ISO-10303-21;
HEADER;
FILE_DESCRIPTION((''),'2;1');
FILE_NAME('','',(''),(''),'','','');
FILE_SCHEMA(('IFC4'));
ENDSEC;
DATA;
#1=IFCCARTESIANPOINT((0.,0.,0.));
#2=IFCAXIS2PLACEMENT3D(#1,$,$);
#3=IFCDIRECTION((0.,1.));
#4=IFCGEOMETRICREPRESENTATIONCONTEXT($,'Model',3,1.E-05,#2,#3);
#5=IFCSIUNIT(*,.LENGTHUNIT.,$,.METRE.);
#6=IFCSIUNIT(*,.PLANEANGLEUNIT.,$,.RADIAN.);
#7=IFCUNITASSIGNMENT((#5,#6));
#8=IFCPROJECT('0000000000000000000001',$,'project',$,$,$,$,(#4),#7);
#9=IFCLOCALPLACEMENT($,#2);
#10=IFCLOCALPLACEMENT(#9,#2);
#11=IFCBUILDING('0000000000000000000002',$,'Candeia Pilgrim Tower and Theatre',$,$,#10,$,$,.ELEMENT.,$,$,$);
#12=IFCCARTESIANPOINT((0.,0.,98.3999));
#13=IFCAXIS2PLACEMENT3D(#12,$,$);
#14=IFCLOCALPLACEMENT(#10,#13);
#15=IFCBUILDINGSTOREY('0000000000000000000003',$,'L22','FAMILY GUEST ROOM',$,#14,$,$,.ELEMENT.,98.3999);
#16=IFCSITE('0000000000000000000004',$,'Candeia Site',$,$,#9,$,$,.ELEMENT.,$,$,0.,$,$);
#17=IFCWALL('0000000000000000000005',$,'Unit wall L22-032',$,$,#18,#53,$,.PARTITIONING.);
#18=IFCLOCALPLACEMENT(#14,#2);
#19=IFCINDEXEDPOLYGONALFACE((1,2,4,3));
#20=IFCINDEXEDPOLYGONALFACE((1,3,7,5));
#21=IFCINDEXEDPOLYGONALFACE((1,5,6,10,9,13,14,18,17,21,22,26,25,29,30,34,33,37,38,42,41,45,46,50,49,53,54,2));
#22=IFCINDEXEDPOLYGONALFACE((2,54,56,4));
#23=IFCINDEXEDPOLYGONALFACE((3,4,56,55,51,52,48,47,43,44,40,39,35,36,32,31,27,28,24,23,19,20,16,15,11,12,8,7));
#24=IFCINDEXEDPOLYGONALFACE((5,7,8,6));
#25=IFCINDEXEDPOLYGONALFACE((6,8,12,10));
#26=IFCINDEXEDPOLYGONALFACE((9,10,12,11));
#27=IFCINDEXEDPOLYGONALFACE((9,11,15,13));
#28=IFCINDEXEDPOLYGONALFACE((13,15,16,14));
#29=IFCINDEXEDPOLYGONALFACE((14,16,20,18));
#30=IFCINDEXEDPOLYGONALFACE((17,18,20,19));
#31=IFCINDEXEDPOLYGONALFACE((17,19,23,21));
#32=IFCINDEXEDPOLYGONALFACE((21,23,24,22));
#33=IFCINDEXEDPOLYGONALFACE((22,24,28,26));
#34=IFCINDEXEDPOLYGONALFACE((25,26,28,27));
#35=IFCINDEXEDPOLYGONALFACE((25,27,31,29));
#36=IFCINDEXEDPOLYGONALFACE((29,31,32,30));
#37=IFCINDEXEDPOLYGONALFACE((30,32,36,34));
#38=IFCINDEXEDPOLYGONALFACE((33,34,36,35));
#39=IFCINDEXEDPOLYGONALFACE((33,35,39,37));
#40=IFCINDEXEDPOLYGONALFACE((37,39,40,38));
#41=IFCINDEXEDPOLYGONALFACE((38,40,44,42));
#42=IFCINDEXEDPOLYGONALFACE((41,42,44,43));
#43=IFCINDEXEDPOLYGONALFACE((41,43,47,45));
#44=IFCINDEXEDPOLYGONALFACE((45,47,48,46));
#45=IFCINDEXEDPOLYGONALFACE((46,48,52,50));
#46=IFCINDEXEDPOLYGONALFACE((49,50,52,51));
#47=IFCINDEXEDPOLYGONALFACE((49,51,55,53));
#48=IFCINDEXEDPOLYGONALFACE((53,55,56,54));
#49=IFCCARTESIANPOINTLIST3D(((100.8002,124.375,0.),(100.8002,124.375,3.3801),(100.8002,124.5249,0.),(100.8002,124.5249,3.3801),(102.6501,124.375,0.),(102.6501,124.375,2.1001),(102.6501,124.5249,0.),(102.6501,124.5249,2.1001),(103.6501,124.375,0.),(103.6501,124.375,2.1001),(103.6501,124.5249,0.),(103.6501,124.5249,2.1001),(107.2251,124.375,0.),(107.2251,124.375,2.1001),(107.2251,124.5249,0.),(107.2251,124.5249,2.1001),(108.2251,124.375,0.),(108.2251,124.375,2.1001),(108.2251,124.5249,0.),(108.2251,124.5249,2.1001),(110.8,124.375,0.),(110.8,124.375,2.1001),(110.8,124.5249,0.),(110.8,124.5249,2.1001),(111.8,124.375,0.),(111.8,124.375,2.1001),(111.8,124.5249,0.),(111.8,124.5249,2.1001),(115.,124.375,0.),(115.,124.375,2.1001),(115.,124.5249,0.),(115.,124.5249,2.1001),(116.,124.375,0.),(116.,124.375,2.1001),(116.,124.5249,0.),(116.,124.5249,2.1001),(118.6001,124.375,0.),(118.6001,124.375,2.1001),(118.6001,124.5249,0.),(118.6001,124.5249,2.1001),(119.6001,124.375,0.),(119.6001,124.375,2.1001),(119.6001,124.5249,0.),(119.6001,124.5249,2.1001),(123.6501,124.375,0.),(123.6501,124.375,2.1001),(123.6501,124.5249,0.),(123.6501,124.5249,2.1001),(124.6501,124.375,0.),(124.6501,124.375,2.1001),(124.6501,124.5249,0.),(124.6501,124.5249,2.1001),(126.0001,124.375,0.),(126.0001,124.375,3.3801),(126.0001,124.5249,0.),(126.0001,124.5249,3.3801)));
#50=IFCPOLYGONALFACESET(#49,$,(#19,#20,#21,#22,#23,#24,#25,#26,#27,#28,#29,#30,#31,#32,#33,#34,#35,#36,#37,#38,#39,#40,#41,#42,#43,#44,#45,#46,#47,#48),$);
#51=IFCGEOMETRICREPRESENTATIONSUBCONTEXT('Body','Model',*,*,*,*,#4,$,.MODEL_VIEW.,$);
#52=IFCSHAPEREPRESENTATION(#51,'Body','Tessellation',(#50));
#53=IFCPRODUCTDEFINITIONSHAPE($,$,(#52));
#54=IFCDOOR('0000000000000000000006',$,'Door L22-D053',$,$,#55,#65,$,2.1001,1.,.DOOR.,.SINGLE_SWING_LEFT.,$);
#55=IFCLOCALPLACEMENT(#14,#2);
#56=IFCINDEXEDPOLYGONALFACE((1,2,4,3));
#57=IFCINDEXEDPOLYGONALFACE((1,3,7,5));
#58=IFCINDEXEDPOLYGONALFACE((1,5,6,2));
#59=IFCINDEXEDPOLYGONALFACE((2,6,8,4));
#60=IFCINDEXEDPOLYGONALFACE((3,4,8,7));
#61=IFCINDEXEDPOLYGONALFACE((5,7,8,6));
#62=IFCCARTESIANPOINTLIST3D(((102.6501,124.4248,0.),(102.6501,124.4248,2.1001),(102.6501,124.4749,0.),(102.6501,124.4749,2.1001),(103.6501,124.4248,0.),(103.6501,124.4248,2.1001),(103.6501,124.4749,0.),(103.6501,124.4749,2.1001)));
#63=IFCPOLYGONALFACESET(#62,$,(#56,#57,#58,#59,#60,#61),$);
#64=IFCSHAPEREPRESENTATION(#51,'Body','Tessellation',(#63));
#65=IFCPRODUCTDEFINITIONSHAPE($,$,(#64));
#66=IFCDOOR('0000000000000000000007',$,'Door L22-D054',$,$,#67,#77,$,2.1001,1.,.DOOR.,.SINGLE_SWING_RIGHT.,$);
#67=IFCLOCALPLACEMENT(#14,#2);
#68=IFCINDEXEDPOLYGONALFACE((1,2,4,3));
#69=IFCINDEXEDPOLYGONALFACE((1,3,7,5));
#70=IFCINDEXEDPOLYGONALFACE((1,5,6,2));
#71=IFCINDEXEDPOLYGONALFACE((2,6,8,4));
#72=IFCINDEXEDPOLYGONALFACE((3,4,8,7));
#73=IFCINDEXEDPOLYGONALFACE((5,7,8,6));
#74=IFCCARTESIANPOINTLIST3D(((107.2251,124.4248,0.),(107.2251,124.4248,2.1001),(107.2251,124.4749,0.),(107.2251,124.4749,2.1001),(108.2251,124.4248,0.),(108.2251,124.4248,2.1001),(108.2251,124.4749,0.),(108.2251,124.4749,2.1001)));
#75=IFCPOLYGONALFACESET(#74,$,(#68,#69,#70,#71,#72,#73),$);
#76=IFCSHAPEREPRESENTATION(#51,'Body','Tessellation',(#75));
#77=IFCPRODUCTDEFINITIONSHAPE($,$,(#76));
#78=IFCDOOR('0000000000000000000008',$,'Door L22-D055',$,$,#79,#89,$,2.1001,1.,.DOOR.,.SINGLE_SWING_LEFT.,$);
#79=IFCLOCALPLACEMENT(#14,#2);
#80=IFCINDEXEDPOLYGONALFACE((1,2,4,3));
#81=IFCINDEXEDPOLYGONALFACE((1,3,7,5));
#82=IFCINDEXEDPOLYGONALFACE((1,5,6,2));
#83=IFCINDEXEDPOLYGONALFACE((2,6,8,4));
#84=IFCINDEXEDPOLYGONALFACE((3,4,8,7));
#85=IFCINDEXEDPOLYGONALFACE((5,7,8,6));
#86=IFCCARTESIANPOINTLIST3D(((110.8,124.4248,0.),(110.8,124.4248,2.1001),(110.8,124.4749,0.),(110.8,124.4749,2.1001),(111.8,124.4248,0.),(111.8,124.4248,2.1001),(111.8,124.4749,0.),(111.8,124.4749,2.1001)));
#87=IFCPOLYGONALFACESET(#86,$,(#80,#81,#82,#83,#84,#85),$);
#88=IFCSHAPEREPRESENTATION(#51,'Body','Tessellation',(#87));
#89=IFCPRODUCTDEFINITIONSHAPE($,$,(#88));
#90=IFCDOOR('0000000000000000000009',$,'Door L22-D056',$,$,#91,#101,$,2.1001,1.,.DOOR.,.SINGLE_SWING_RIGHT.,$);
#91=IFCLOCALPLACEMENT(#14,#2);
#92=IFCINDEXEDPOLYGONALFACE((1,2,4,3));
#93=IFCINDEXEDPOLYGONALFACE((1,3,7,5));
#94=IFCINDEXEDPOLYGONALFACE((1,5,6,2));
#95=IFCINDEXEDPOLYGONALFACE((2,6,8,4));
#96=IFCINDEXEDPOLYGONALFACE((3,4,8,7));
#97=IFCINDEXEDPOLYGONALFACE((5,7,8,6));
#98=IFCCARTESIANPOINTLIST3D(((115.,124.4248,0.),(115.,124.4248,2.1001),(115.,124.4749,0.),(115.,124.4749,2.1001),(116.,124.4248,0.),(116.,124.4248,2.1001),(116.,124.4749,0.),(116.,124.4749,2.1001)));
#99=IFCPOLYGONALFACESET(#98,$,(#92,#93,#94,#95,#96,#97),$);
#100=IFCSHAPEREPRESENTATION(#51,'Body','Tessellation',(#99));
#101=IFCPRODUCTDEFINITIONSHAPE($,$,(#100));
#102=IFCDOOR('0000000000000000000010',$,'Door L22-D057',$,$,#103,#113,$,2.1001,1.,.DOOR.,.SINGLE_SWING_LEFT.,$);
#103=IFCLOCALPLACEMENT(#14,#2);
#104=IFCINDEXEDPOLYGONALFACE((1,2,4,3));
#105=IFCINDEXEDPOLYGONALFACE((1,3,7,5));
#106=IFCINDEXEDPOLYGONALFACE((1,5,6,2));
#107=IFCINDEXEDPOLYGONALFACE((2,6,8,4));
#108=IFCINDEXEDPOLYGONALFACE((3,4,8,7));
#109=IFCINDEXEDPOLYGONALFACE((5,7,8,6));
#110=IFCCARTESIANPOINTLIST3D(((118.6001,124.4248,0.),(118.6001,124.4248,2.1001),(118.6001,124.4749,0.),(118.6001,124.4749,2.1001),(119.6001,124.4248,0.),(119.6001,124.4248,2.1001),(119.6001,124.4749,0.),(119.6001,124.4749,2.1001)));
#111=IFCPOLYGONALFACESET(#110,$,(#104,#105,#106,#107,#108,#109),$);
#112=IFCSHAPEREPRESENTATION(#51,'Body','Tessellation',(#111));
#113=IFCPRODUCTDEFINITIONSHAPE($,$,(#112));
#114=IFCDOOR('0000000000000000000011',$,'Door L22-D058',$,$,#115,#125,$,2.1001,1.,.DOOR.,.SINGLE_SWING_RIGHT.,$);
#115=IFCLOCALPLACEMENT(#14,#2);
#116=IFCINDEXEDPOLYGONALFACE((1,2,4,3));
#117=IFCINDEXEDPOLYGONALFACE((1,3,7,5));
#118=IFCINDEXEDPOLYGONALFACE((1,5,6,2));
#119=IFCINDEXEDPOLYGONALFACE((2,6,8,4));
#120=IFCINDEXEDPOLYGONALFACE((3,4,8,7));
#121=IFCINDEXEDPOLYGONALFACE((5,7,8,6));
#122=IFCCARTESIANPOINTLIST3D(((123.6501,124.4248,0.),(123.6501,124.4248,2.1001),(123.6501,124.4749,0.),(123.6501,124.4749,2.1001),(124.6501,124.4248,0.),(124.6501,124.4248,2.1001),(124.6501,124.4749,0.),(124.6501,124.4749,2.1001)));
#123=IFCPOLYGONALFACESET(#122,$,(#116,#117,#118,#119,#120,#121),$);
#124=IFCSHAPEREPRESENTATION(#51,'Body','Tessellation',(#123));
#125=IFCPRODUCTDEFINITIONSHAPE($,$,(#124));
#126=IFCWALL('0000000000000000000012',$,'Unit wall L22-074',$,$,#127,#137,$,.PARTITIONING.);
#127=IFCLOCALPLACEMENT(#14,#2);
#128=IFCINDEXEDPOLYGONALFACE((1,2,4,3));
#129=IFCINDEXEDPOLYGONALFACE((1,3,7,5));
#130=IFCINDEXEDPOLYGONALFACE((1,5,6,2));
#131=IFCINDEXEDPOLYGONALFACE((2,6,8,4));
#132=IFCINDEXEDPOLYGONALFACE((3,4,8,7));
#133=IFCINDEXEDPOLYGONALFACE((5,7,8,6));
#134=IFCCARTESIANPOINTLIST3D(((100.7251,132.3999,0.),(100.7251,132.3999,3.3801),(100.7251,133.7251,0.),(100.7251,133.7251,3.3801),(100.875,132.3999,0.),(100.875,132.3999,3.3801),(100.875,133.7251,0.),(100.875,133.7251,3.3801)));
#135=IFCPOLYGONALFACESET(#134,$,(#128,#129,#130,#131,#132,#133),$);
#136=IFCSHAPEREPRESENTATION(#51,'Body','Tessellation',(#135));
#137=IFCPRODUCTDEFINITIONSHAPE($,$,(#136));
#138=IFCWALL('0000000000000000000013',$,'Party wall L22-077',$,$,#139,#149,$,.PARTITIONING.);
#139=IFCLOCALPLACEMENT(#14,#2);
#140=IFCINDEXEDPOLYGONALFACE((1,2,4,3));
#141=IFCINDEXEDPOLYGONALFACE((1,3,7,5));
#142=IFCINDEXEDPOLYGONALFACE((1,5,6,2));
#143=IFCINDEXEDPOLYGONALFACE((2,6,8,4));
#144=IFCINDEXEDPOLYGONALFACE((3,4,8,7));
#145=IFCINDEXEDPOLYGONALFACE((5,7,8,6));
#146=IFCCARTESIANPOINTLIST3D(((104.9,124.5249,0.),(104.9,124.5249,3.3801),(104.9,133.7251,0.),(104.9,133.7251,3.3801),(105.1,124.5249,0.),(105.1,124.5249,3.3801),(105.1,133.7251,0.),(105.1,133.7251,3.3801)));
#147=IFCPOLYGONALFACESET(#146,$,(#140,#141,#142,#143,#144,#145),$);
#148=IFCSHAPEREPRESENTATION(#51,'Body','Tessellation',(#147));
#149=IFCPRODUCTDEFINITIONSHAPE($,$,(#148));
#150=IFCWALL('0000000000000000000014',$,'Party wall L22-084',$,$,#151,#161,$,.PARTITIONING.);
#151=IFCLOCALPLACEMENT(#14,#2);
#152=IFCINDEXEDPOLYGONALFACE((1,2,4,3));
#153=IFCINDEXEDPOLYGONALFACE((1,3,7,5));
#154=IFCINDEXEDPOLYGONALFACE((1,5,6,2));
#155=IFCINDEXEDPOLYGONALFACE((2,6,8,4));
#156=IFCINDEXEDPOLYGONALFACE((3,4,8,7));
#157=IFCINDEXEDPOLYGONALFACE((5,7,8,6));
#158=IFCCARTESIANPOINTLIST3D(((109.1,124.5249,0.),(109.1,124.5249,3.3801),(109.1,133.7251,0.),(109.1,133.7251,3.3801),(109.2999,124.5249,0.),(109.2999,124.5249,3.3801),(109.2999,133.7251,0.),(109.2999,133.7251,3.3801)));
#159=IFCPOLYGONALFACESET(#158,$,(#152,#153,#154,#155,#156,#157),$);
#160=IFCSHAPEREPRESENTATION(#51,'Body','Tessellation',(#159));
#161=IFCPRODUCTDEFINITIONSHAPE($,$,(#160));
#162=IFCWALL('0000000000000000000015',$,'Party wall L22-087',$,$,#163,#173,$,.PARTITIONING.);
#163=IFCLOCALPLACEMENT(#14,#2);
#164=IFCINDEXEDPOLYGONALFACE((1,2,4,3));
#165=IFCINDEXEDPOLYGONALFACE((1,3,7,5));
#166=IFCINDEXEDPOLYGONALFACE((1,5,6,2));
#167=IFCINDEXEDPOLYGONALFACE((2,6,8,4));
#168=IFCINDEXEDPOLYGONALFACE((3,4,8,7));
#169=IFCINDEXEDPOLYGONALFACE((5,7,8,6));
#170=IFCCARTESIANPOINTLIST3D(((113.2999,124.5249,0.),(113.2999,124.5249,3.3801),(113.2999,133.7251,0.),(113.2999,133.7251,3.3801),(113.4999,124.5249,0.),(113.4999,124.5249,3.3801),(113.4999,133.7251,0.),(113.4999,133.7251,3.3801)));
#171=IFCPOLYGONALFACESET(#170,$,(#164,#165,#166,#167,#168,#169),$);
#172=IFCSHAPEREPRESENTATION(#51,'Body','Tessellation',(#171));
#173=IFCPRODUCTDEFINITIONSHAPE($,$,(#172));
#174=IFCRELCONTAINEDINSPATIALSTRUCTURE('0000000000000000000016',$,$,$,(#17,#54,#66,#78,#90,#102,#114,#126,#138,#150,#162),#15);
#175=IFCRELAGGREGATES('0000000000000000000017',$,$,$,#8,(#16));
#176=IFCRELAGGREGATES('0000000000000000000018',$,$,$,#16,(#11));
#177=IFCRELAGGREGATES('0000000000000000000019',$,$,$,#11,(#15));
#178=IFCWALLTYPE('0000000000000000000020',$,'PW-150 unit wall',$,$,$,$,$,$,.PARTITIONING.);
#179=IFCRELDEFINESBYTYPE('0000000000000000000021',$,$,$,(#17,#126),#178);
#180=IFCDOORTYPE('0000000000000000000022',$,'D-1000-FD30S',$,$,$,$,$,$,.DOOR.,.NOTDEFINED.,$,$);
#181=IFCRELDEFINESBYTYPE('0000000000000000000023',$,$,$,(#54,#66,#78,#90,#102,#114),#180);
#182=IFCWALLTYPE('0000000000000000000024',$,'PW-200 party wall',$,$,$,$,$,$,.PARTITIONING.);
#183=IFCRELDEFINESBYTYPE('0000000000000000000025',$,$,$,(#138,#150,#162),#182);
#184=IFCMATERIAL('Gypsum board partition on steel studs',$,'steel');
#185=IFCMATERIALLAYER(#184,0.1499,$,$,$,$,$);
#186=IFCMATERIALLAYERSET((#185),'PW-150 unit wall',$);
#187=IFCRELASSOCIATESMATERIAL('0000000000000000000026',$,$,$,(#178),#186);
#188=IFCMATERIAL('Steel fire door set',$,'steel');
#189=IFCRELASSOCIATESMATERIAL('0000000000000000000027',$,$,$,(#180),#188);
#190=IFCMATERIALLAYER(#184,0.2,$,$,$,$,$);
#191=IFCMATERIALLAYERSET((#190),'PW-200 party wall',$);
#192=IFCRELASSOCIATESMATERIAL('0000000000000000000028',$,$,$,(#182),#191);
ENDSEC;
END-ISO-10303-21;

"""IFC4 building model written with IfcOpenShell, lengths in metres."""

from ifc_helpers import new_model, si_unit, direction, frame, frame_2d, origin, place, context, subcontext, project, spatial, rectangle, extrude, material, layer, layer_set, type_object, element, fill, save


model = new_model("IFC4")

# Units and contexts
model_context = context("Model", 3, precision=1e-05, world=origin(), true_north=direction((0.0, 1.0)))
body_context = subcontext(model_context, "Body", "Model", "MODEL_VIEW")
ifc_project = project(units=[si_unit("LENGTHUNIT", "METRE"), si_unit("PLANEANGLEUNIT", "RADIAN")], contexts=[model_context])

# Site, building, storey
site_placement = place(None, origin())
site = spatial("IfcSite", under=ifc_project, at=site_placement, Name="Candeia Site", CompositionType="ELEMENT", RefElevation=0.0)
building_placement = place(site_placement, origin())
building = spatial("IfcBuilding", under=site, at=building_placement, Name="Candeia Pilgrim Tower and Theatre", CompositionType="ELEMENT")
storey_placement = place(building_placement, frame((0.0, 0.0, 98.3999)))
storey = spatial("IfcBuildingStorey", under=building, at=storey_placement, Name="L22", Description="FAMILY GUEST ROOM", CompositionType="ELEMENT", Elevation=98.3999)

# Shared definitions
ifc_material_1 = material(Name="Steel fire door set", Category="steel")

# Shared definitions
ifc_material_2 = material(Name="Gypsum board partition on steel studs", Category="steel")
ifc_layer_1 = layer(ifc_material_2, 0.1499)
ifc_layer_set_1 = layer_set([ifc_layer_1], Name="PW-150 unit wall")
wall_type_1 = type_object("IfcWallType", Name="PW-150 unit wall", PredefinedType="PARTITIONING", material=ifc_layer_set_1)

# Wall, openings, doors
wall_1_placement = place(storey_placement, frame((100.8, 124.45, 0.0), z_axis=(0.0, 0.0, 1.0), x_axis=(1.0, 0.0, 0.0)))
wall_1 = element("IfcWall", 1, at=wall_1_placement, inside=storey, type_object=wall_type_1, Name="Unit wall L22-032", PredefinedType="PARTITIONING", context=body_context, shape_type="SweptSolid", body=[
    extrude(rectangle(XDim=25.2, YDim=0.1499, at=frame_2d((12.6001, 0.0))), origin(), (0.0, 0.0, 1.0), 3.3801),
])
opening_1_placement = place(wall_1_placement, frame((1.8501, 0.0, 0.0)))
opening_1 = element("IfcOpeningElement", 2, at=opening_1_placement, cuts=wall_1, PredefinedType="OPENING", context=body_context, shape_type="SweptSolid", body=[
    extrude(rectangle(XDim=1.0, YDim=2.1001, at=frame_2d((0.5, 1.05))), frame((0.0, 0.085, 0.0), z_axis=(0.0, -1.0, 0.0), x_axis=(1.0, 0.0, 0.0)), (0.0, 0.0, 1.0), 0.1699),
])
opening_2_placement = place(wall_1_placement, frame((6.425, 0.0, 0.0)))
opening_2 = element("IfcOpeningElement", 3, at=opening_2_placement, cuts=wall_1, PredefinedType="OPENING", context=body_context, shape_type="SweptSolid", body=[
    extrude(rectangle(XDim=1.0, YDim=2.1001, at=frame_2d((0.5, 1.05))), frame((0.0, 0.085, 0.0), z_axis=(0.0, -1.0, 0.0), x_axis=(1.0, 0.0, 0.0)), (0.0, 0.0, 1.0), 0.1699),
])
opening_3_placement = place(wall_1_placement, frame((10.0, 0.0, 0.0)))
opening_3 = element("IfcOpeningElement", 4, at=opening_3_placement, cuts=wall_1, PredefinedType="OPENING", context=body_context, shape_type="SweptSolid", body=[
    extrude(rectangle(XDim=1.0, YDim=2.1001, at=frame_2d((0.5, 1.05))), frame((0.0, 0.085, 0.0), z_axis=(0.0, -1.0, 0.0), x_axis=(1.0, 0.0, 0.0)), (0.0, 0.0, 1.0), 0.1699),
])
opening_4_placement = place(wall_1_placement, frame((14.2, 0.0, 0.0)))
opening_4 = element("IfcOpeningElement", 5, at=opening_4_placement, cuts=wall_1, PredefinedType="OPENING", context=body_context, shape_type="SweptSolid", body=[
    extrude(rectangle(XDim=1.0, YDim=2.1001, at=frame_2d((0.5, 1.05))), frame((0.0, 0.085, 0.0), z_axis=(0.0, -1.0, 0.0), x_axis=(1.0, 0.0, 0.0)), (0.0, 0.0, 1.0), 0.1699),
])
opening_5_placement = place(wall_1_placement, frame((17.8, 0.0, 0.0)))
opening_5 = element("IfcOpeningElement", 6, at=opening_5_placement, cuts=wall_1, PredefinedType="OPENING", context=body_context, shape_type="SweptSolid", body=[
    extrude(rectangle(XDim=1.0, YDim=2.1001, at=frame_2d((0.5, 1.05))), frame((0.0, 0.085, 0.0), z_axis=(0.0, -1.0, 0.0), x_axis=(1.0, 0.0, 0.0)), (0.0, 0.0, 1.0), 0.1699),
])
opening_6_placement = place(wall_1_placement, frame((22.8501, 0.0, 0.0)))
opening_6 = element("IfcOpeningElement", 7, at=opening_6_placement, cuts=wall_1, PredefinedType="OPENING", context=body_context, shape_type="SweptSolid", body=[
    extrude(rectangle(XDim=1.0, YDim=2.1001, at=frame_2d((0.5, 1.05))), frame((0.0, 0.085, 0.0), z_axis=(0.0, -1.0, 0.0), x_axis=(1.0, 0.0, 0.0)), (0.0, 0.0, 1.0), 0.1699),
])
door_type_1 = type_object("IfcDoorType", Name="D-1000-FD30S", OperationType="NOTDEFINED", PredefinedType="DOOR", material=ifc_material_1)
door_1_placement = place(opening_1_placement, origin())
door_1 = element("IfcDoor", 8, at=door_1_placement, inside=storey, type_object=door_type_1, Name="Door L22-D053", OperationType="SINGLE_SWING_LEFT", OverallHeight=2.1001, OverallWidth=1.0, PredefinedType="DOOR", context=body_context, shape_type="SweptSolid", body=[
    extrude(rectangle(XDim=1.0, YDim=2.1001, at=frame_2d((0.5, 1.05))), frame((0.0, 0.0249, 0.0), z_axis=(0.0, -1.0, 0.0), x_axis=(1.0, 0.0, 0.0)), (0.0, 0.0, 1.0), 0.05),
])
fill(opening_1, door_1)
door_2_placement = place(opening_2_placement, origin())
door_2 = element("IfcDoor", 9, at=door_2_placement, inside=storey, type_object=door_type_1, Name="Door L22-D054", OperationType="SINGLE_SWING_RIGHT", OverallHeight=2.1001, OverallWidth=1.0, PredefinedType="DOOR", context=body_context, shape_type="SweptSolid", body=[
    extrude(rectangle(XDim=1.0, YDim=2.1001, at=frame_2d((0.5, 1.05))), frame((0.0, 0.0249, 0.0), z_axis=(0.0, -1.0, 0.0), x_axis=(1.0, 0.0, 0.0)), (0.0, 0.0, 1.0), 0.05),
])
fill(opening_2, door_2)
door_3_placement = place(opening_3_placement, origin())
door_3 = element("IfcDoor", 10, at=door_3_placement, inside=storey, type_object=door_type_1, Name="Door L22-D055", OperationType="SINGLE_SWING_LEFT", OverallHeight=2.1001, OverallWidth=1.0, PredefinedType="DOOR", context=body_context, shape_type="SweptSolid", body=[
    extrude(rectangle(XDim=1.0, YDim=2.1001, at=frame_2d((0.5, 1.05))), frame((0.0, 0.0249, 0.0), z_axis=(0.0, -1.0, 0.0), x_axis=(1.0, 0.0, 0.0)), (0.0, 0.0, 1.0), 0.05),
])
fill(opening_3, door_3)
door_4_placement = place(opening_4_placement, origin())
door_4 = element("IfcDoor", 11, at=door_4_placement, inside=storey, type_object=door_type_1, Name="Door L22-D056", OperationType="SINGLE_SWING_RIGHT", OverallHeight=2.1001, OverallWidth=1.0, PredefinedType="DOOR", context=body_context, shape_type="SweptSolid", body=[
    extrude(rectangle(XDim=1.0, YDim=2.1001, at=frame_2d((0.5, 1.05))), frame((0.0, 0.0249, 0.0), z_axis=(0.0, -1.0, 0.0), x_axis=(1.0, 0.0, 0.0)), (0.0, 0.0, 1.0), 0.05),
])
fill(opening_4, door_4)
door_5_placement = place(opening_5_placement, origin())
door_5 = element("IfcDoor", 12, at=door_5_placement, inside=storey, type_object=door_type_1, Name="Door L22-D057", OperationType="SINGLE_SWING_LEFT", OverallHeight=2.1001, OverallWidth=1.0, PredefinedType="DOOR", context=body_context, shape_type="SweptSolid", body=[
    extrude(rectangle(XDim=1.0, YDim=2.1001, at=frame_2d((0.5, 1.05))), frame((0.0, 0.0249, 0.0), z_axis=(0.0, -1.0, 0.0), x_axis=(1.0, 0.0, 0.0)), (0.0, 0.0, 1.0), 0.05),
])
fill(opening_5, door_5)
door_6_placement = place(opening_6_placement, origin())
door_6 = element("IfcDoor", 13, at=door_6_placement, inside=storey, type_object=door_type_1, Name="Door L22-D058", OperationType="SINGLE_SWING_RIGHT", OverallHeight=2.1001, OverallWidth=1.0, PredefinedType="DOOR", context=body_context, shape_type="SweptSolid", body=[
    extrude(rectangle(XDim=1.0, YDim=2.1001, at=frame_2d((0.5, 1.05))), frame((0.0, 0.0249, 0.0), z_axis=(0.0, -1.0, 0.0), x_axis=(1.0, 0.0, 0.0)), (0.0, 0.0, 1.0), 0.05),
])
fill(opening_6, door_6)

# Walls
wall_2_placement = place(storey_placement, frame((100.8, 132.3999, 0.0), z_axis=(0.0, 0.0, 1.0), x_axis=(0.0, 1.0, 0.0)))
element("IfcWall", 14, at=wall_2_placement, inside=storey, type_object=wall_type_1, Name="Unit wall L22-074", PredefinedType="PARTITIONING", context=body_context, shape_type="SweptSolid", body=[
    extrude(rectangle(XDim=1.3252, YDim=0.1499, at=frame_2d((0.6626, 0.0))), origin(), (0.0, 0.0, 1.0), 3.3801),
])
ifc_layer_2 = layer(ifc_material_2, 0.2)
ifc_layer_set_2 = layer_set([ifc_layer_2], Name="PW-200 party wall")
wall_type_2 = type_object("IfcWallType", Name="PW-200 party wall", PredefinedType="PARTITIONING", material=ifc_layer_set_2)
for number, where, z_axis, x_axis, name in (
    (15, (105.0, 124.5249, 0.0), (0.0, 0.0, 1.0), (0.0, 1.0, 0.0), "Party wall L22-077"),
    (16, (109.2, 124.5249, 0.0), (0.0, 0.0, 1.0), (0.0, 1.0, 0.0), "Party wall L22-084"),
    (17, (113.3999, 124.5249, 0.0), (0.0, 0.0, 1.0), (0.0, 1.0, 0.0), "Party wall L22-087"),
):
    element("IfcWall", number, at=place(storey_placement, frame(where, z_axis=z_axis, x_axis=x_axis)), inside=storey, type_object=wall_type_2, Name=name, PredefinedType="PARTITIONING", context=body_context, shape_type="SweptSolid", body=[
        extrude(rectangle(XDim=9.2002, YDim=0.2, at=frame_2d((4.6001, 0.0))), origin(), (0.0, 0.0, 1.0), 3.3801),
    ])

save(model, "model.ifc")
